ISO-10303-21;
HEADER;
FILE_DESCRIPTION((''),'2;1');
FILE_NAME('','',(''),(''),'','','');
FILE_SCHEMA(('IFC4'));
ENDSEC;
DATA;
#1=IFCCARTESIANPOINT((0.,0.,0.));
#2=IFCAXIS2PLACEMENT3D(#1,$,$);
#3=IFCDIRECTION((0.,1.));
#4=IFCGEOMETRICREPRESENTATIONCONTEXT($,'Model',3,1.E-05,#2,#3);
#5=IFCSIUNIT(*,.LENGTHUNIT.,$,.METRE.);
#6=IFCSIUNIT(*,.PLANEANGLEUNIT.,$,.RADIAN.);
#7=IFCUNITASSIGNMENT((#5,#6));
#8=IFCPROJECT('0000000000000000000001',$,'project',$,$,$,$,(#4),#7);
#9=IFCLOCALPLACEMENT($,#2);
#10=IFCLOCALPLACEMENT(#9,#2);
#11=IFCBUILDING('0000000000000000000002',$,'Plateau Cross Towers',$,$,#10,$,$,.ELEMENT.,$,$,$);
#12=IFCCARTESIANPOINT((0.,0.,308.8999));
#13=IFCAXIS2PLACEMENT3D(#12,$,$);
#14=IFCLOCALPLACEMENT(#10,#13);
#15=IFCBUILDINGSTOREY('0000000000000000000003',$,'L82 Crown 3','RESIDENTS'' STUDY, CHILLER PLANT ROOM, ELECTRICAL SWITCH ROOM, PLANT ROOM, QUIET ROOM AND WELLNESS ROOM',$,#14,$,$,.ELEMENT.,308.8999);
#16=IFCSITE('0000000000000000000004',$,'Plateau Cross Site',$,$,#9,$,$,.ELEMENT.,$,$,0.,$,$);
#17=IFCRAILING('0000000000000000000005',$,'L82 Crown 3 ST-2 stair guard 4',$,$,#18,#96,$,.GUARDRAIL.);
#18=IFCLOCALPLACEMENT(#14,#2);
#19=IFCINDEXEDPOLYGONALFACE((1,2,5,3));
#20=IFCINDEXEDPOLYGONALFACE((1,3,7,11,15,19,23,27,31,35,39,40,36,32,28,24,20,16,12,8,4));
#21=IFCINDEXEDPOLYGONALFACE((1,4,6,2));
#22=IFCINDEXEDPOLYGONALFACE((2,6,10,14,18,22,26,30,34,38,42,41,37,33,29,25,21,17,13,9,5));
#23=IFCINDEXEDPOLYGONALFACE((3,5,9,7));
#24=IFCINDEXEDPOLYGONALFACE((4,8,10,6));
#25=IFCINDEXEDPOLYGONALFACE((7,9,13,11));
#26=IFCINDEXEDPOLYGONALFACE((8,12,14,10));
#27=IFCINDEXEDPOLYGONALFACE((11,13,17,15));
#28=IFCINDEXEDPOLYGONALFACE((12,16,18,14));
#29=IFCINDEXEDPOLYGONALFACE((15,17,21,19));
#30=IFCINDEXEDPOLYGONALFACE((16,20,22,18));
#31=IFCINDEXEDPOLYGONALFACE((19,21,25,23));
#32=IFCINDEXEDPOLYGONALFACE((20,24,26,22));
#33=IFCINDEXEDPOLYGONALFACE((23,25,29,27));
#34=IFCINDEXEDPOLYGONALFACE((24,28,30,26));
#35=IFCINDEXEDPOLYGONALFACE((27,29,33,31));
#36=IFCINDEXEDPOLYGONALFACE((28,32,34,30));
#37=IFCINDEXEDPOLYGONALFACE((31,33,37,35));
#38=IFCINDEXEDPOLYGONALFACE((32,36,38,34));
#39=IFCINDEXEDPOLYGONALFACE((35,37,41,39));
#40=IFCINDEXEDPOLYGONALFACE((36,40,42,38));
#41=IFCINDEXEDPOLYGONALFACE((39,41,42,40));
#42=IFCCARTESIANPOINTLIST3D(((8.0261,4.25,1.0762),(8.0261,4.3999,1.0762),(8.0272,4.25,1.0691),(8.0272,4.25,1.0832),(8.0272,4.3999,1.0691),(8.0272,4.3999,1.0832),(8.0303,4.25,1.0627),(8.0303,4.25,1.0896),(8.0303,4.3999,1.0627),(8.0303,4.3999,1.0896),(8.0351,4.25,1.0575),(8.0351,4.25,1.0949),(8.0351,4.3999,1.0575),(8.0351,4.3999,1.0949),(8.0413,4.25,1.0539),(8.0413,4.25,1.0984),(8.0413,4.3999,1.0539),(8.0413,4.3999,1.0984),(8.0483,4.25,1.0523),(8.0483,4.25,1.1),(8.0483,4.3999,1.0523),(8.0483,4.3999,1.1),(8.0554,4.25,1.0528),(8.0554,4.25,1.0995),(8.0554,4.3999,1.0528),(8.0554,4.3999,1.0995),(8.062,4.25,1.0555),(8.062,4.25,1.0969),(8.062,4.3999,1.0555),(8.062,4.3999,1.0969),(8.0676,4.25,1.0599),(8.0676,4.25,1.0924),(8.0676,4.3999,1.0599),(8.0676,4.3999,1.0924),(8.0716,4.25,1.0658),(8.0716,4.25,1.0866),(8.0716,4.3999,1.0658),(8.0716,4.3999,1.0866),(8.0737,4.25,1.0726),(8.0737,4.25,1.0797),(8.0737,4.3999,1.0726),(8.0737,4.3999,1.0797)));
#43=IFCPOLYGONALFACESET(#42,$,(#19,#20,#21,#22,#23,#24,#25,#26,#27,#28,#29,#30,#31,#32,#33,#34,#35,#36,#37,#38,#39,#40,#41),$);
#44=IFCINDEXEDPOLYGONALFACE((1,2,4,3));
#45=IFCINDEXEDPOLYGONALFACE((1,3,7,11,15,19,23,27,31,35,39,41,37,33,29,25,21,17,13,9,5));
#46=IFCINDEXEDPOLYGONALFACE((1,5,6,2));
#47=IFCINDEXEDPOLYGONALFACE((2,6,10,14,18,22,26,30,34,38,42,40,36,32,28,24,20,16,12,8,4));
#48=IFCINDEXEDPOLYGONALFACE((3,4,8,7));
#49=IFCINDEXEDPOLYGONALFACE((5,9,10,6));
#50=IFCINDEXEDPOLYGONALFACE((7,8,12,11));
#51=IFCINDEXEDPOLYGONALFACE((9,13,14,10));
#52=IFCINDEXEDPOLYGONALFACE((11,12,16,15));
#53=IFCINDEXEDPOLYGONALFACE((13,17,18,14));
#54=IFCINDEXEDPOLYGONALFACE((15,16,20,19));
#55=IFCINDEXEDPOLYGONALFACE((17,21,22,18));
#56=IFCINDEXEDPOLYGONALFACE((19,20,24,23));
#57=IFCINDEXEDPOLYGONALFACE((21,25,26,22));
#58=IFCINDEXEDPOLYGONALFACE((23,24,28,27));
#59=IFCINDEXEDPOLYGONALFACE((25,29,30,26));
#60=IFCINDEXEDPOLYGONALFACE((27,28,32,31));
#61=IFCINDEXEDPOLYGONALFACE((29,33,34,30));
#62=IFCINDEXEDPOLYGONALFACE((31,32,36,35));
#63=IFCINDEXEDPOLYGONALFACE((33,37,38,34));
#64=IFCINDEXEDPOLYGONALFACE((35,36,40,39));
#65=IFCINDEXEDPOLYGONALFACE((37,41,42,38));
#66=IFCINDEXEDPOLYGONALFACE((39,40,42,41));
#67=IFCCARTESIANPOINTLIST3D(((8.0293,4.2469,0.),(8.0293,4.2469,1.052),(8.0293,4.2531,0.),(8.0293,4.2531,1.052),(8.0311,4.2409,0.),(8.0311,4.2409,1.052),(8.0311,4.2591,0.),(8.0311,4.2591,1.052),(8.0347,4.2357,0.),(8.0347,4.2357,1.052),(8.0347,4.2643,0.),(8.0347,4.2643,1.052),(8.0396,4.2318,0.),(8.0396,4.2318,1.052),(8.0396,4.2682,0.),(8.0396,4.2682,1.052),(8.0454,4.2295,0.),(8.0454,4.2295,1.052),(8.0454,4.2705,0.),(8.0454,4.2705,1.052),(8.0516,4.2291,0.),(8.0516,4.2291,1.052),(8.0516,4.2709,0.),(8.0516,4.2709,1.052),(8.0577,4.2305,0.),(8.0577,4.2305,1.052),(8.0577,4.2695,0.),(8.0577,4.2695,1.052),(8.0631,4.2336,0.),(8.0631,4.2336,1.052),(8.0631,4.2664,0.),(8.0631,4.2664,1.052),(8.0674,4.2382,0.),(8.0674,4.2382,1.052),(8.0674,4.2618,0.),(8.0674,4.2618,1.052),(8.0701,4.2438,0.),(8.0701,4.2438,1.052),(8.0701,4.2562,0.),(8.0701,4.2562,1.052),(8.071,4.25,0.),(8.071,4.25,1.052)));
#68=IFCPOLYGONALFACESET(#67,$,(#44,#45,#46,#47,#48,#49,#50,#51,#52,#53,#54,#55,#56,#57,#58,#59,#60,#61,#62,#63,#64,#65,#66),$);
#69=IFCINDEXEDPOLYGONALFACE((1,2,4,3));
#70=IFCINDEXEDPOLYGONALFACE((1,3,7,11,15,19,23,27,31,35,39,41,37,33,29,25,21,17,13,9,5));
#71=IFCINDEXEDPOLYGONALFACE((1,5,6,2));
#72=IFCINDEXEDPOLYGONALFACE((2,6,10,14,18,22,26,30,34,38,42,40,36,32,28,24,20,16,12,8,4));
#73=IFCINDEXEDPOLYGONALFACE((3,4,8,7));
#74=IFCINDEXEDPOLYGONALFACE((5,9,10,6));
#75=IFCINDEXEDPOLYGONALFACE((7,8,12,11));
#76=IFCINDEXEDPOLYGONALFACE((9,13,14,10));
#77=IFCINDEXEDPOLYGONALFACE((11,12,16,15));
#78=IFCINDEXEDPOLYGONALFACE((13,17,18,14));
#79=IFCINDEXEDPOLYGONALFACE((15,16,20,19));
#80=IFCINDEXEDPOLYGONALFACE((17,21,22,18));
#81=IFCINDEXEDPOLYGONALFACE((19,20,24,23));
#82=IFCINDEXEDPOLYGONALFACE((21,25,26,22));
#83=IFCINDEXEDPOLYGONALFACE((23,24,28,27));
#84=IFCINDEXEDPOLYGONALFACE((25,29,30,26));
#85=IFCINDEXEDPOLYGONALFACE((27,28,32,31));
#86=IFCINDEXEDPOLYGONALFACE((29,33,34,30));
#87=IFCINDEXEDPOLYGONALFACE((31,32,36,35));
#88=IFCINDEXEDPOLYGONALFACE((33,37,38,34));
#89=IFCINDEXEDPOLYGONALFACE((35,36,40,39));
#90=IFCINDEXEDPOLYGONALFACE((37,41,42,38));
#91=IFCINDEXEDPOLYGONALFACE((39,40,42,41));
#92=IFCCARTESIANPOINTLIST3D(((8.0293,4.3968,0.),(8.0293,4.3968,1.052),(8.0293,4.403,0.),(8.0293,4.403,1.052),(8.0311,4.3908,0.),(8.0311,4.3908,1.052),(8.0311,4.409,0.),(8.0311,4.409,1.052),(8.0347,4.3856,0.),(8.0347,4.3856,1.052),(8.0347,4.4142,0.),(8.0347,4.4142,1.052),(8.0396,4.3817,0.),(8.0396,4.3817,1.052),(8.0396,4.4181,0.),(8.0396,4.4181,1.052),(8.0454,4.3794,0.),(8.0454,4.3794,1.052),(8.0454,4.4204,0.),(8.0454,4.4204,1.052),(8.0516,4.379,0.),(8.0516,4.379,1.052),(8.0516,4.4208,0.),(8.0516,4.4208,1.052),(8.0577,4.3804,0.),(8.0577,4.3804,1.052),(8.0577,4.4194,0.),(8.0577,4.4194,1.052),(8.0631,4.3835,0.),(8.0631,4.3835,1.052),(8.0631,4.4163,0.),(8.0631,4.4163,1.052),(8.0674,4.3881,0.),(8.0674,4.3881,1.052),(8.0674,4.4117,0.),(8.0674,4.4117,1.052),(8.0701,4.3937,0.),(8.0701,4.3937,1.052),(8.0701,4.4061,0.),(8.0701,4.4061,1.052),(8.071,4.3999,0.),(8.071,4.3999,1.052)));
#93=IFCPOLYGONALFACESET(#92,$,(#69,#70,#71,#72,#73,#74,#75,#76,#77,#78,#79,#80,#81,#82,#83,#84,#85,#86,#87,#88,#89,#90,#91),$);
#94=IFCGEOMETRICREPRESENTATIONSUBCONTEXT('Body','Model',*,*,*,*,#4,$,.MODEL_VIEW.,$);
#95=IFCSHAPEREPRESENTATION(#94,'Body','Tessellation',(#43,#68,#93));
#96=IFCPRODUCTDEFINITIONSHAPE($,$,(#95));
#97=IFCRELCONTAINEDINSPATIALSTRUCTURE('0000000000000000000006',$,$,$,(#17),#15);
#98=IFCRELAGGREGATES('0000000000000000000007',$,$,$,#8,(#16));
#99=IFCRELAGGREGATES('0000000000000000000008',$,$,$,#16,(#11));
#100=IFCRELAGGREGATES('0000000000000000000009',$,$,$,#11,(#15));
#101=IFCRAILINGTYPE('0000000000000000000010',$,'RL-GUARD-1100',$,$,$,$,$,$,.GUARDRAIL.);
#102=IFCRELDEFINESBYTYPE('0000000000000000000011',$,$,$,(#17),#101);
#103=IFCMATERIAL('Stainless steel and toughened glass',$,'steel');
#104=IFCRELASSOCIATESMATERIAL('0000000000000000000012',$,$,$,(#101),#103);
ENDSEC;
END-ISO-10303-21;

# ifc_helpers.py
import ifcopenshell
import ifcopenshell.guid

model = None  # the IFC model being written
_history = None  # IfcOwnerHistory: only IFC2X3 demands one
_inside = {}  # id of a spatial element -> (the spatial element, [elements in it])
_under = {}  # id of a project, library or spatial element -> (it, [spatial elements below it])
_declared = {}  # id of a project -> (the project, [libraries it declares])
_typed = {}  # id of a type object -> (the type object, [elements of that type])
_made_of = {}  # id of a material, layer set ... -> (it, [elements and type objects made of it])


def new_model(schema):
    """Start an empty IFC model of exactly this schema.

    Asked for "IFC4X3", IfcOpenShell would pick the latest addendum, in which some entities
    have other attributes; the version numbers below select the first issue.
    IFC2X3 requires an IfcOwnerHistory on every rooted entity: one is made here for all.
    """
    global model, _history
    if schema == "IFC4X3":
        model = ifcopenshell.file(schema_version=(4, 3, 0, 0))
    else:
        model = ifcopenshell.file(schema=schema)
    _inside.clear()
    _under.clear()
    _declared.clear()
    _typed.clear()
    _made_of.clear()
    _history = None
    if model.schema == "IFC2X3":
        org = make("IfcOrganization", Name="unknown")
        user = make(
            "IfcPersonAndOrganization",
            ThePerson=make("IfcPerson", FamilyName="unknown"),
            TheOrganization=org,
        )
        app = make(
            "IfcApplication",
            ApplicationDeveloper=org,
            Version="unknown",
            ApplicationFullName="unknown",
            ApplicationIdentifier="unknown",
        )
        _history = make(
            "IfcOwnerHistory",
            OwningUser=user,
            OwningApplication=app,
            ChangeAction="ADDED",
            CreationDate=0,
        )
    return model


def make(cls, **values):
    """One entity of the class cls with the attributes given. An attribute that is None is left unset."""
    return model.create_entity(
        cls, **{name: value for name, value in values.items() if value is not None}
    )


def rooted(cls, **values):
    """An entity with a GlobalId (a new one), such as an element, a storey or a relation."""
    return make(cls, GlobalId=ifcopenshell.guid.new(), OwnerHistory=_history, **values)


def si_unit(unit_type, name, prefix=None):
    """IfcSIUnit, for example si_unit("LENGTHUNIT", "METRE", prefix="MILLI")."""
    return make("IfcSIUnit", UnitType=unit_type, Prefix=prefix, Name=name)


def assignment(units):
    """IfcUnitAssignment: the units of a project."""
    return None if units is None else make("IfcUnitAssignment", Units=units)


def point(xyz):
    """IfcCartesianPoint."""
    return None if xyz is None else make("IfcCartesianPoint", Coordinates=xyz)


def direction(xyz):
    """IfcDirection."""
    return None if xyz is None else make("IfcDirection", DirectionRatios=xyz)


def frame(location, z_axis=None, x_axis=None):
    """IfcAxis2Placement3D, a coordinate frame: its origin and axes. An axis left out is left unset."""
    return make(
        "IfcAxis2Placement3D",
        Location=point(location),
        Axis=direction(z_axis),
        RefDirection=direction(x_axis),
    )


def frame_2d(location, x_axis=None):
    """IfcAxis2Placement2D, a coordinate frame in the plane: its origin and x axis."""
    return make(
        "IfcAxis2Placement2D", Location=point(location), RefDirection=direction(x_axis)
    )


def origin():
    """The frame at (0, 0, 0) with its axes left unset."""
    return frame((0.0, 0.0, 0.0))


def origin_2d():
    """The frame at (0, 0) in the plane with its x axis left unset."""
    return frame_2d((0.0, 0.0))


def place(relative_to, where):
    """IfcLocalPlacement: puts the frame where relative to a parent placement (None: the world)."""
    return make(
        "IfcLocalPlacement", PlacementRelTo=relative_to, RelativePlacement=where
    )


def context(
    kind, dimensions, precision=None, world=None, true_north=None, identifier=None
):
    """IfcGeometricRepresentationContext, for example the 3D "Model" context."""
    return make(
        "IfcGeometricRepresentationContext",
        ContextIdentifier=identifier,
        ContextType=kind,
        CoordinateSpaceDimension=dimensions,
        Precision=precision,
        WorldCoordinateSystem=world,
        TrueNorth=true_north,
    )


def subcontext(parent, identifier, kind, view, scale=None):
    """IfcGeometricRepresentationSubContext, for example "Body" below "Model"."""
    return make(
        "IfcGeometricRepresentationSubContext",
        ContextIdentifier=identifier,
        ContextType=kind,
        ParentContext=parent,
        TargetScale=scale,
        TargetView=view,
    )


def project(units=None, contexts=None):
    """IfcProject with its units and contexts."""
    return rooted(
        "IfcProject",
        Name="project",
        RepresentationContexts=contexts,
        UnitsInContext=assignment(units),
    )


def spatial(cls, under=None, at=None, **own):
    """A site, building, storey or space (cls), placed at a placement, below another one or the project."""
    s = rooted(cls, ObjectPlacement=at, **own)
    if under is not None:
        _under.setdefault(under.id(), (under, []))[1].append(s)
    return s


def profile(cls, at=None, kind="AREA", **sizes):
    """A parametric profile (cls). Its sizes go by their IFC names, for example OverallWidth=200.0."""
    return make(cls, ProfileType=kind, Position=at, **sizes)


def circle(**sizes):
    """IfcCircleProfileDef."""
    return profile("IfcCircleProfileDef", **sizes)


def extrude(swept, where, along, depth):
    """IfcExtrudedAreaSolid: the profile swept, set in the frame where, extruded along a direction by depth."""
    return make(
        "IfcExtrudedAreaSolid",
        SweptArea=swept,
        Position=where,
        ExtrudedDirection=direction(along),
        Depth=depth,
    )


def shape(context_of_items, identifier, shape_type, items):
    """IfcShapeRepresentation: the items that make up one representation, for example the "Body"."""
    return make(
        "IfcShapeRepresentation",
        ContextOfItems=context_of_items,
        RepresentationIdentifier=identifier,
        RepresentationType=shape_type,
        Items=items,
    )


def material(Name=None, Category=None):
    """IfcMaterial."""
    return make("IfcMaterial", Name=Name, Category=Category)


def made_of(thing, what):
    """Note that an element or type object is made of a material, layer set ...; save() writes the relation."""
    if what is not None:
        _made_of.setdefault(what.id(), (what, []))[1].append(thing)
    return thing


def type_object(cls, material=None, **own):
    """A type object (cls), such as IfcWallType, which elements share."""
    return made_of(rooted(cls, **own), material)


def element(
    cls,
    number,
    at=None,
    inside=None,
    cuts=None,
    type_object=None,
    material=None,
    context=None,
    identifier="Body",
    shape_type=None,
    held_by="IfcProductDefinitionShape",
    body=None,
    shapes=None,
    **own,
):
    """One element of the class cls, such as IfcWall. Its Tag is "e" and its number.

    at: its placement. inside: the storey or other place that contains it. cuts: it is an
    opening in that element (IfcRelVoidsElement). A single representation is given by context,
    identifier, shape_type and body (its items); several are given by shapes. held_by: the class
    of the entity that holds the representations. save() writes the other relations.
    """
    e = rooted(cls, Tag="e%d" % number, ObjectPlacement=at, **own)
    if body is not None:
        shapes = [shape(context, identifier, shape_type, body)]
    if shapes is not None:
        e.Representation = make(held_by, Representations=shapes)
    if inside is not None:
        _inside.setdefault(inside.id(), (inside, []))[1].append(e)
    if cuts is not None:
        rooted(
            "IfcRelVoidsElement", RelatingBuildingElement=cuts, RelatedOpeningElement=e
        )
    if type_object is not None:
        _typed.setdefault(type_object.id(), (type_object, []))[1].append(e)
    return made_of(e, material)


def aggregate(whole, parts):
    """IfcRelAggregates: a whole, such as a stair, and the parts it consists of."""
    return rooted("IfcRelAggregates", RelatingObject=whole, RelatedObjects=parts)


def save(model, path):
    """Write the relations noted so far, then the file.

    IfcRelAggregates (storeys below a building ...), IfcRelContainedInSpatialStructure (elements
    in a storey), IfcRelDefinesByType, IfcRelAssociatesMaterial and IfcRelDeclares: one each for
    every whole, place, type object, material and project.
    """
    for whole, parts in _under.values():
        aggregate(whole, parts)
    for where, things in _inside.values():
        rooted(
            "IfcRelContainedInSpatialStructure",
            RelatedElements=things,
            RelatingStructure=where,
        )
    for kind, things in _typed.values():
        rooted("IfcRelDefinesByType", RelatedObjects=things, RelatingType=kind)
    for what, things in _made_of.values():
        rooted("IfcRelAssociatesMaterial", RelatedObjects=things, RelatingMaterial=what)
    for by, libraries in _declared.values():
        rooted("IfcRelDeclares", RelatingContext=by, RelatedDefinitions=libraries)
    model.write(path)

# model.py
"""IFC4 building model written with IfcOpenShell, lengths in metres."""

from ifc_helpers import new_model, si_unit, direction, frame, origin, origin_2d, place, context, subcontext, project, spatial, circle, extrude, material, type_object, element, save


model = new_model("IFC4")

# Units and contexts
model_context = context("Model", 3, precision=1e-05, world=origin(), true_north=direction((0.0, 1.0)))
body_context = subcontext(model_context, "Body", "Model", "MODEL_VIEW")
ifc_project = project(units=[si_unit("LENGTHUNIT", "METRE"), si_unit("PLANEANGLEUNIT", "RADIAN")], contexts=[model_context])

# Site, building, storey
site_placement = place(None, origin())
site = spatial("IfcSite", under=ifc_project, at=site_placement, Name="Plateau Cross Site", CompositionType="ELEMENT", RefElevation=0.0)
building_placement = place(site_placement, origin())
building = spatial("IfcBuilding", under=site, at=building_placement, Name="Plateau Cross Towers", CompositionType="ELEMENT")
storey_placement = place(building_placement, frame((0.0, 0.0, 308.8999)))
storey = spatial("IfcBuildingStorey", under=building, at=storey_placement, Name="L82 Crown 3", Description="RESIDENTS' STUDY, CHILLER PLANT ROOM, ELECTRICAL SWITCH ROOM, PLANT ROOM, QUIET ROOM AND WELLNESS ROOM", CompositionType="ELEMENT", Elevation=308.8999)

# Railing
ifc_material_1 = material(Name="Stainless steel and toughened glass", Category="steel")
railing_type_1 = type_object("IfcRailingType", Name="RL-GUARD-1100", PredefinedType="GUARDRAIL", material=ifc_material_1)
railing_1_placement = place(storey_placement, frame((8.05, 4.25, 0.0)))
element("IfcRailing", 1, at=railing_1_placement, inside=storey, type_object=railing_type_1, Name="L82 Crown 3 ST-2 stair guard 4", PredefinedType="GUARDRAIL", context=body_context, shape_type="SweptSolid", body=[
    extrude(circle(Radius=0.0239, at=origin_2d()), frame((0.0, 0.0, 1.0762), z_axis=(0.0, 1.0, 0.0), x_axis=(-1.0, 0.0, 0.0)), (0.0, 0.0, 1.0), 0.1499),
    extrude(circle(Radius=0.021, at=origin_2d()), origin(), (0.0, 0.0, 1.0), 1.052),
    extrude(circle(Radius=0.021, at=origin_2d()), frame((0.0, 0.1499, 0.0)), (0.0, 0.0, 1.0), 1.052),
])

save(model, "model.ifc")
